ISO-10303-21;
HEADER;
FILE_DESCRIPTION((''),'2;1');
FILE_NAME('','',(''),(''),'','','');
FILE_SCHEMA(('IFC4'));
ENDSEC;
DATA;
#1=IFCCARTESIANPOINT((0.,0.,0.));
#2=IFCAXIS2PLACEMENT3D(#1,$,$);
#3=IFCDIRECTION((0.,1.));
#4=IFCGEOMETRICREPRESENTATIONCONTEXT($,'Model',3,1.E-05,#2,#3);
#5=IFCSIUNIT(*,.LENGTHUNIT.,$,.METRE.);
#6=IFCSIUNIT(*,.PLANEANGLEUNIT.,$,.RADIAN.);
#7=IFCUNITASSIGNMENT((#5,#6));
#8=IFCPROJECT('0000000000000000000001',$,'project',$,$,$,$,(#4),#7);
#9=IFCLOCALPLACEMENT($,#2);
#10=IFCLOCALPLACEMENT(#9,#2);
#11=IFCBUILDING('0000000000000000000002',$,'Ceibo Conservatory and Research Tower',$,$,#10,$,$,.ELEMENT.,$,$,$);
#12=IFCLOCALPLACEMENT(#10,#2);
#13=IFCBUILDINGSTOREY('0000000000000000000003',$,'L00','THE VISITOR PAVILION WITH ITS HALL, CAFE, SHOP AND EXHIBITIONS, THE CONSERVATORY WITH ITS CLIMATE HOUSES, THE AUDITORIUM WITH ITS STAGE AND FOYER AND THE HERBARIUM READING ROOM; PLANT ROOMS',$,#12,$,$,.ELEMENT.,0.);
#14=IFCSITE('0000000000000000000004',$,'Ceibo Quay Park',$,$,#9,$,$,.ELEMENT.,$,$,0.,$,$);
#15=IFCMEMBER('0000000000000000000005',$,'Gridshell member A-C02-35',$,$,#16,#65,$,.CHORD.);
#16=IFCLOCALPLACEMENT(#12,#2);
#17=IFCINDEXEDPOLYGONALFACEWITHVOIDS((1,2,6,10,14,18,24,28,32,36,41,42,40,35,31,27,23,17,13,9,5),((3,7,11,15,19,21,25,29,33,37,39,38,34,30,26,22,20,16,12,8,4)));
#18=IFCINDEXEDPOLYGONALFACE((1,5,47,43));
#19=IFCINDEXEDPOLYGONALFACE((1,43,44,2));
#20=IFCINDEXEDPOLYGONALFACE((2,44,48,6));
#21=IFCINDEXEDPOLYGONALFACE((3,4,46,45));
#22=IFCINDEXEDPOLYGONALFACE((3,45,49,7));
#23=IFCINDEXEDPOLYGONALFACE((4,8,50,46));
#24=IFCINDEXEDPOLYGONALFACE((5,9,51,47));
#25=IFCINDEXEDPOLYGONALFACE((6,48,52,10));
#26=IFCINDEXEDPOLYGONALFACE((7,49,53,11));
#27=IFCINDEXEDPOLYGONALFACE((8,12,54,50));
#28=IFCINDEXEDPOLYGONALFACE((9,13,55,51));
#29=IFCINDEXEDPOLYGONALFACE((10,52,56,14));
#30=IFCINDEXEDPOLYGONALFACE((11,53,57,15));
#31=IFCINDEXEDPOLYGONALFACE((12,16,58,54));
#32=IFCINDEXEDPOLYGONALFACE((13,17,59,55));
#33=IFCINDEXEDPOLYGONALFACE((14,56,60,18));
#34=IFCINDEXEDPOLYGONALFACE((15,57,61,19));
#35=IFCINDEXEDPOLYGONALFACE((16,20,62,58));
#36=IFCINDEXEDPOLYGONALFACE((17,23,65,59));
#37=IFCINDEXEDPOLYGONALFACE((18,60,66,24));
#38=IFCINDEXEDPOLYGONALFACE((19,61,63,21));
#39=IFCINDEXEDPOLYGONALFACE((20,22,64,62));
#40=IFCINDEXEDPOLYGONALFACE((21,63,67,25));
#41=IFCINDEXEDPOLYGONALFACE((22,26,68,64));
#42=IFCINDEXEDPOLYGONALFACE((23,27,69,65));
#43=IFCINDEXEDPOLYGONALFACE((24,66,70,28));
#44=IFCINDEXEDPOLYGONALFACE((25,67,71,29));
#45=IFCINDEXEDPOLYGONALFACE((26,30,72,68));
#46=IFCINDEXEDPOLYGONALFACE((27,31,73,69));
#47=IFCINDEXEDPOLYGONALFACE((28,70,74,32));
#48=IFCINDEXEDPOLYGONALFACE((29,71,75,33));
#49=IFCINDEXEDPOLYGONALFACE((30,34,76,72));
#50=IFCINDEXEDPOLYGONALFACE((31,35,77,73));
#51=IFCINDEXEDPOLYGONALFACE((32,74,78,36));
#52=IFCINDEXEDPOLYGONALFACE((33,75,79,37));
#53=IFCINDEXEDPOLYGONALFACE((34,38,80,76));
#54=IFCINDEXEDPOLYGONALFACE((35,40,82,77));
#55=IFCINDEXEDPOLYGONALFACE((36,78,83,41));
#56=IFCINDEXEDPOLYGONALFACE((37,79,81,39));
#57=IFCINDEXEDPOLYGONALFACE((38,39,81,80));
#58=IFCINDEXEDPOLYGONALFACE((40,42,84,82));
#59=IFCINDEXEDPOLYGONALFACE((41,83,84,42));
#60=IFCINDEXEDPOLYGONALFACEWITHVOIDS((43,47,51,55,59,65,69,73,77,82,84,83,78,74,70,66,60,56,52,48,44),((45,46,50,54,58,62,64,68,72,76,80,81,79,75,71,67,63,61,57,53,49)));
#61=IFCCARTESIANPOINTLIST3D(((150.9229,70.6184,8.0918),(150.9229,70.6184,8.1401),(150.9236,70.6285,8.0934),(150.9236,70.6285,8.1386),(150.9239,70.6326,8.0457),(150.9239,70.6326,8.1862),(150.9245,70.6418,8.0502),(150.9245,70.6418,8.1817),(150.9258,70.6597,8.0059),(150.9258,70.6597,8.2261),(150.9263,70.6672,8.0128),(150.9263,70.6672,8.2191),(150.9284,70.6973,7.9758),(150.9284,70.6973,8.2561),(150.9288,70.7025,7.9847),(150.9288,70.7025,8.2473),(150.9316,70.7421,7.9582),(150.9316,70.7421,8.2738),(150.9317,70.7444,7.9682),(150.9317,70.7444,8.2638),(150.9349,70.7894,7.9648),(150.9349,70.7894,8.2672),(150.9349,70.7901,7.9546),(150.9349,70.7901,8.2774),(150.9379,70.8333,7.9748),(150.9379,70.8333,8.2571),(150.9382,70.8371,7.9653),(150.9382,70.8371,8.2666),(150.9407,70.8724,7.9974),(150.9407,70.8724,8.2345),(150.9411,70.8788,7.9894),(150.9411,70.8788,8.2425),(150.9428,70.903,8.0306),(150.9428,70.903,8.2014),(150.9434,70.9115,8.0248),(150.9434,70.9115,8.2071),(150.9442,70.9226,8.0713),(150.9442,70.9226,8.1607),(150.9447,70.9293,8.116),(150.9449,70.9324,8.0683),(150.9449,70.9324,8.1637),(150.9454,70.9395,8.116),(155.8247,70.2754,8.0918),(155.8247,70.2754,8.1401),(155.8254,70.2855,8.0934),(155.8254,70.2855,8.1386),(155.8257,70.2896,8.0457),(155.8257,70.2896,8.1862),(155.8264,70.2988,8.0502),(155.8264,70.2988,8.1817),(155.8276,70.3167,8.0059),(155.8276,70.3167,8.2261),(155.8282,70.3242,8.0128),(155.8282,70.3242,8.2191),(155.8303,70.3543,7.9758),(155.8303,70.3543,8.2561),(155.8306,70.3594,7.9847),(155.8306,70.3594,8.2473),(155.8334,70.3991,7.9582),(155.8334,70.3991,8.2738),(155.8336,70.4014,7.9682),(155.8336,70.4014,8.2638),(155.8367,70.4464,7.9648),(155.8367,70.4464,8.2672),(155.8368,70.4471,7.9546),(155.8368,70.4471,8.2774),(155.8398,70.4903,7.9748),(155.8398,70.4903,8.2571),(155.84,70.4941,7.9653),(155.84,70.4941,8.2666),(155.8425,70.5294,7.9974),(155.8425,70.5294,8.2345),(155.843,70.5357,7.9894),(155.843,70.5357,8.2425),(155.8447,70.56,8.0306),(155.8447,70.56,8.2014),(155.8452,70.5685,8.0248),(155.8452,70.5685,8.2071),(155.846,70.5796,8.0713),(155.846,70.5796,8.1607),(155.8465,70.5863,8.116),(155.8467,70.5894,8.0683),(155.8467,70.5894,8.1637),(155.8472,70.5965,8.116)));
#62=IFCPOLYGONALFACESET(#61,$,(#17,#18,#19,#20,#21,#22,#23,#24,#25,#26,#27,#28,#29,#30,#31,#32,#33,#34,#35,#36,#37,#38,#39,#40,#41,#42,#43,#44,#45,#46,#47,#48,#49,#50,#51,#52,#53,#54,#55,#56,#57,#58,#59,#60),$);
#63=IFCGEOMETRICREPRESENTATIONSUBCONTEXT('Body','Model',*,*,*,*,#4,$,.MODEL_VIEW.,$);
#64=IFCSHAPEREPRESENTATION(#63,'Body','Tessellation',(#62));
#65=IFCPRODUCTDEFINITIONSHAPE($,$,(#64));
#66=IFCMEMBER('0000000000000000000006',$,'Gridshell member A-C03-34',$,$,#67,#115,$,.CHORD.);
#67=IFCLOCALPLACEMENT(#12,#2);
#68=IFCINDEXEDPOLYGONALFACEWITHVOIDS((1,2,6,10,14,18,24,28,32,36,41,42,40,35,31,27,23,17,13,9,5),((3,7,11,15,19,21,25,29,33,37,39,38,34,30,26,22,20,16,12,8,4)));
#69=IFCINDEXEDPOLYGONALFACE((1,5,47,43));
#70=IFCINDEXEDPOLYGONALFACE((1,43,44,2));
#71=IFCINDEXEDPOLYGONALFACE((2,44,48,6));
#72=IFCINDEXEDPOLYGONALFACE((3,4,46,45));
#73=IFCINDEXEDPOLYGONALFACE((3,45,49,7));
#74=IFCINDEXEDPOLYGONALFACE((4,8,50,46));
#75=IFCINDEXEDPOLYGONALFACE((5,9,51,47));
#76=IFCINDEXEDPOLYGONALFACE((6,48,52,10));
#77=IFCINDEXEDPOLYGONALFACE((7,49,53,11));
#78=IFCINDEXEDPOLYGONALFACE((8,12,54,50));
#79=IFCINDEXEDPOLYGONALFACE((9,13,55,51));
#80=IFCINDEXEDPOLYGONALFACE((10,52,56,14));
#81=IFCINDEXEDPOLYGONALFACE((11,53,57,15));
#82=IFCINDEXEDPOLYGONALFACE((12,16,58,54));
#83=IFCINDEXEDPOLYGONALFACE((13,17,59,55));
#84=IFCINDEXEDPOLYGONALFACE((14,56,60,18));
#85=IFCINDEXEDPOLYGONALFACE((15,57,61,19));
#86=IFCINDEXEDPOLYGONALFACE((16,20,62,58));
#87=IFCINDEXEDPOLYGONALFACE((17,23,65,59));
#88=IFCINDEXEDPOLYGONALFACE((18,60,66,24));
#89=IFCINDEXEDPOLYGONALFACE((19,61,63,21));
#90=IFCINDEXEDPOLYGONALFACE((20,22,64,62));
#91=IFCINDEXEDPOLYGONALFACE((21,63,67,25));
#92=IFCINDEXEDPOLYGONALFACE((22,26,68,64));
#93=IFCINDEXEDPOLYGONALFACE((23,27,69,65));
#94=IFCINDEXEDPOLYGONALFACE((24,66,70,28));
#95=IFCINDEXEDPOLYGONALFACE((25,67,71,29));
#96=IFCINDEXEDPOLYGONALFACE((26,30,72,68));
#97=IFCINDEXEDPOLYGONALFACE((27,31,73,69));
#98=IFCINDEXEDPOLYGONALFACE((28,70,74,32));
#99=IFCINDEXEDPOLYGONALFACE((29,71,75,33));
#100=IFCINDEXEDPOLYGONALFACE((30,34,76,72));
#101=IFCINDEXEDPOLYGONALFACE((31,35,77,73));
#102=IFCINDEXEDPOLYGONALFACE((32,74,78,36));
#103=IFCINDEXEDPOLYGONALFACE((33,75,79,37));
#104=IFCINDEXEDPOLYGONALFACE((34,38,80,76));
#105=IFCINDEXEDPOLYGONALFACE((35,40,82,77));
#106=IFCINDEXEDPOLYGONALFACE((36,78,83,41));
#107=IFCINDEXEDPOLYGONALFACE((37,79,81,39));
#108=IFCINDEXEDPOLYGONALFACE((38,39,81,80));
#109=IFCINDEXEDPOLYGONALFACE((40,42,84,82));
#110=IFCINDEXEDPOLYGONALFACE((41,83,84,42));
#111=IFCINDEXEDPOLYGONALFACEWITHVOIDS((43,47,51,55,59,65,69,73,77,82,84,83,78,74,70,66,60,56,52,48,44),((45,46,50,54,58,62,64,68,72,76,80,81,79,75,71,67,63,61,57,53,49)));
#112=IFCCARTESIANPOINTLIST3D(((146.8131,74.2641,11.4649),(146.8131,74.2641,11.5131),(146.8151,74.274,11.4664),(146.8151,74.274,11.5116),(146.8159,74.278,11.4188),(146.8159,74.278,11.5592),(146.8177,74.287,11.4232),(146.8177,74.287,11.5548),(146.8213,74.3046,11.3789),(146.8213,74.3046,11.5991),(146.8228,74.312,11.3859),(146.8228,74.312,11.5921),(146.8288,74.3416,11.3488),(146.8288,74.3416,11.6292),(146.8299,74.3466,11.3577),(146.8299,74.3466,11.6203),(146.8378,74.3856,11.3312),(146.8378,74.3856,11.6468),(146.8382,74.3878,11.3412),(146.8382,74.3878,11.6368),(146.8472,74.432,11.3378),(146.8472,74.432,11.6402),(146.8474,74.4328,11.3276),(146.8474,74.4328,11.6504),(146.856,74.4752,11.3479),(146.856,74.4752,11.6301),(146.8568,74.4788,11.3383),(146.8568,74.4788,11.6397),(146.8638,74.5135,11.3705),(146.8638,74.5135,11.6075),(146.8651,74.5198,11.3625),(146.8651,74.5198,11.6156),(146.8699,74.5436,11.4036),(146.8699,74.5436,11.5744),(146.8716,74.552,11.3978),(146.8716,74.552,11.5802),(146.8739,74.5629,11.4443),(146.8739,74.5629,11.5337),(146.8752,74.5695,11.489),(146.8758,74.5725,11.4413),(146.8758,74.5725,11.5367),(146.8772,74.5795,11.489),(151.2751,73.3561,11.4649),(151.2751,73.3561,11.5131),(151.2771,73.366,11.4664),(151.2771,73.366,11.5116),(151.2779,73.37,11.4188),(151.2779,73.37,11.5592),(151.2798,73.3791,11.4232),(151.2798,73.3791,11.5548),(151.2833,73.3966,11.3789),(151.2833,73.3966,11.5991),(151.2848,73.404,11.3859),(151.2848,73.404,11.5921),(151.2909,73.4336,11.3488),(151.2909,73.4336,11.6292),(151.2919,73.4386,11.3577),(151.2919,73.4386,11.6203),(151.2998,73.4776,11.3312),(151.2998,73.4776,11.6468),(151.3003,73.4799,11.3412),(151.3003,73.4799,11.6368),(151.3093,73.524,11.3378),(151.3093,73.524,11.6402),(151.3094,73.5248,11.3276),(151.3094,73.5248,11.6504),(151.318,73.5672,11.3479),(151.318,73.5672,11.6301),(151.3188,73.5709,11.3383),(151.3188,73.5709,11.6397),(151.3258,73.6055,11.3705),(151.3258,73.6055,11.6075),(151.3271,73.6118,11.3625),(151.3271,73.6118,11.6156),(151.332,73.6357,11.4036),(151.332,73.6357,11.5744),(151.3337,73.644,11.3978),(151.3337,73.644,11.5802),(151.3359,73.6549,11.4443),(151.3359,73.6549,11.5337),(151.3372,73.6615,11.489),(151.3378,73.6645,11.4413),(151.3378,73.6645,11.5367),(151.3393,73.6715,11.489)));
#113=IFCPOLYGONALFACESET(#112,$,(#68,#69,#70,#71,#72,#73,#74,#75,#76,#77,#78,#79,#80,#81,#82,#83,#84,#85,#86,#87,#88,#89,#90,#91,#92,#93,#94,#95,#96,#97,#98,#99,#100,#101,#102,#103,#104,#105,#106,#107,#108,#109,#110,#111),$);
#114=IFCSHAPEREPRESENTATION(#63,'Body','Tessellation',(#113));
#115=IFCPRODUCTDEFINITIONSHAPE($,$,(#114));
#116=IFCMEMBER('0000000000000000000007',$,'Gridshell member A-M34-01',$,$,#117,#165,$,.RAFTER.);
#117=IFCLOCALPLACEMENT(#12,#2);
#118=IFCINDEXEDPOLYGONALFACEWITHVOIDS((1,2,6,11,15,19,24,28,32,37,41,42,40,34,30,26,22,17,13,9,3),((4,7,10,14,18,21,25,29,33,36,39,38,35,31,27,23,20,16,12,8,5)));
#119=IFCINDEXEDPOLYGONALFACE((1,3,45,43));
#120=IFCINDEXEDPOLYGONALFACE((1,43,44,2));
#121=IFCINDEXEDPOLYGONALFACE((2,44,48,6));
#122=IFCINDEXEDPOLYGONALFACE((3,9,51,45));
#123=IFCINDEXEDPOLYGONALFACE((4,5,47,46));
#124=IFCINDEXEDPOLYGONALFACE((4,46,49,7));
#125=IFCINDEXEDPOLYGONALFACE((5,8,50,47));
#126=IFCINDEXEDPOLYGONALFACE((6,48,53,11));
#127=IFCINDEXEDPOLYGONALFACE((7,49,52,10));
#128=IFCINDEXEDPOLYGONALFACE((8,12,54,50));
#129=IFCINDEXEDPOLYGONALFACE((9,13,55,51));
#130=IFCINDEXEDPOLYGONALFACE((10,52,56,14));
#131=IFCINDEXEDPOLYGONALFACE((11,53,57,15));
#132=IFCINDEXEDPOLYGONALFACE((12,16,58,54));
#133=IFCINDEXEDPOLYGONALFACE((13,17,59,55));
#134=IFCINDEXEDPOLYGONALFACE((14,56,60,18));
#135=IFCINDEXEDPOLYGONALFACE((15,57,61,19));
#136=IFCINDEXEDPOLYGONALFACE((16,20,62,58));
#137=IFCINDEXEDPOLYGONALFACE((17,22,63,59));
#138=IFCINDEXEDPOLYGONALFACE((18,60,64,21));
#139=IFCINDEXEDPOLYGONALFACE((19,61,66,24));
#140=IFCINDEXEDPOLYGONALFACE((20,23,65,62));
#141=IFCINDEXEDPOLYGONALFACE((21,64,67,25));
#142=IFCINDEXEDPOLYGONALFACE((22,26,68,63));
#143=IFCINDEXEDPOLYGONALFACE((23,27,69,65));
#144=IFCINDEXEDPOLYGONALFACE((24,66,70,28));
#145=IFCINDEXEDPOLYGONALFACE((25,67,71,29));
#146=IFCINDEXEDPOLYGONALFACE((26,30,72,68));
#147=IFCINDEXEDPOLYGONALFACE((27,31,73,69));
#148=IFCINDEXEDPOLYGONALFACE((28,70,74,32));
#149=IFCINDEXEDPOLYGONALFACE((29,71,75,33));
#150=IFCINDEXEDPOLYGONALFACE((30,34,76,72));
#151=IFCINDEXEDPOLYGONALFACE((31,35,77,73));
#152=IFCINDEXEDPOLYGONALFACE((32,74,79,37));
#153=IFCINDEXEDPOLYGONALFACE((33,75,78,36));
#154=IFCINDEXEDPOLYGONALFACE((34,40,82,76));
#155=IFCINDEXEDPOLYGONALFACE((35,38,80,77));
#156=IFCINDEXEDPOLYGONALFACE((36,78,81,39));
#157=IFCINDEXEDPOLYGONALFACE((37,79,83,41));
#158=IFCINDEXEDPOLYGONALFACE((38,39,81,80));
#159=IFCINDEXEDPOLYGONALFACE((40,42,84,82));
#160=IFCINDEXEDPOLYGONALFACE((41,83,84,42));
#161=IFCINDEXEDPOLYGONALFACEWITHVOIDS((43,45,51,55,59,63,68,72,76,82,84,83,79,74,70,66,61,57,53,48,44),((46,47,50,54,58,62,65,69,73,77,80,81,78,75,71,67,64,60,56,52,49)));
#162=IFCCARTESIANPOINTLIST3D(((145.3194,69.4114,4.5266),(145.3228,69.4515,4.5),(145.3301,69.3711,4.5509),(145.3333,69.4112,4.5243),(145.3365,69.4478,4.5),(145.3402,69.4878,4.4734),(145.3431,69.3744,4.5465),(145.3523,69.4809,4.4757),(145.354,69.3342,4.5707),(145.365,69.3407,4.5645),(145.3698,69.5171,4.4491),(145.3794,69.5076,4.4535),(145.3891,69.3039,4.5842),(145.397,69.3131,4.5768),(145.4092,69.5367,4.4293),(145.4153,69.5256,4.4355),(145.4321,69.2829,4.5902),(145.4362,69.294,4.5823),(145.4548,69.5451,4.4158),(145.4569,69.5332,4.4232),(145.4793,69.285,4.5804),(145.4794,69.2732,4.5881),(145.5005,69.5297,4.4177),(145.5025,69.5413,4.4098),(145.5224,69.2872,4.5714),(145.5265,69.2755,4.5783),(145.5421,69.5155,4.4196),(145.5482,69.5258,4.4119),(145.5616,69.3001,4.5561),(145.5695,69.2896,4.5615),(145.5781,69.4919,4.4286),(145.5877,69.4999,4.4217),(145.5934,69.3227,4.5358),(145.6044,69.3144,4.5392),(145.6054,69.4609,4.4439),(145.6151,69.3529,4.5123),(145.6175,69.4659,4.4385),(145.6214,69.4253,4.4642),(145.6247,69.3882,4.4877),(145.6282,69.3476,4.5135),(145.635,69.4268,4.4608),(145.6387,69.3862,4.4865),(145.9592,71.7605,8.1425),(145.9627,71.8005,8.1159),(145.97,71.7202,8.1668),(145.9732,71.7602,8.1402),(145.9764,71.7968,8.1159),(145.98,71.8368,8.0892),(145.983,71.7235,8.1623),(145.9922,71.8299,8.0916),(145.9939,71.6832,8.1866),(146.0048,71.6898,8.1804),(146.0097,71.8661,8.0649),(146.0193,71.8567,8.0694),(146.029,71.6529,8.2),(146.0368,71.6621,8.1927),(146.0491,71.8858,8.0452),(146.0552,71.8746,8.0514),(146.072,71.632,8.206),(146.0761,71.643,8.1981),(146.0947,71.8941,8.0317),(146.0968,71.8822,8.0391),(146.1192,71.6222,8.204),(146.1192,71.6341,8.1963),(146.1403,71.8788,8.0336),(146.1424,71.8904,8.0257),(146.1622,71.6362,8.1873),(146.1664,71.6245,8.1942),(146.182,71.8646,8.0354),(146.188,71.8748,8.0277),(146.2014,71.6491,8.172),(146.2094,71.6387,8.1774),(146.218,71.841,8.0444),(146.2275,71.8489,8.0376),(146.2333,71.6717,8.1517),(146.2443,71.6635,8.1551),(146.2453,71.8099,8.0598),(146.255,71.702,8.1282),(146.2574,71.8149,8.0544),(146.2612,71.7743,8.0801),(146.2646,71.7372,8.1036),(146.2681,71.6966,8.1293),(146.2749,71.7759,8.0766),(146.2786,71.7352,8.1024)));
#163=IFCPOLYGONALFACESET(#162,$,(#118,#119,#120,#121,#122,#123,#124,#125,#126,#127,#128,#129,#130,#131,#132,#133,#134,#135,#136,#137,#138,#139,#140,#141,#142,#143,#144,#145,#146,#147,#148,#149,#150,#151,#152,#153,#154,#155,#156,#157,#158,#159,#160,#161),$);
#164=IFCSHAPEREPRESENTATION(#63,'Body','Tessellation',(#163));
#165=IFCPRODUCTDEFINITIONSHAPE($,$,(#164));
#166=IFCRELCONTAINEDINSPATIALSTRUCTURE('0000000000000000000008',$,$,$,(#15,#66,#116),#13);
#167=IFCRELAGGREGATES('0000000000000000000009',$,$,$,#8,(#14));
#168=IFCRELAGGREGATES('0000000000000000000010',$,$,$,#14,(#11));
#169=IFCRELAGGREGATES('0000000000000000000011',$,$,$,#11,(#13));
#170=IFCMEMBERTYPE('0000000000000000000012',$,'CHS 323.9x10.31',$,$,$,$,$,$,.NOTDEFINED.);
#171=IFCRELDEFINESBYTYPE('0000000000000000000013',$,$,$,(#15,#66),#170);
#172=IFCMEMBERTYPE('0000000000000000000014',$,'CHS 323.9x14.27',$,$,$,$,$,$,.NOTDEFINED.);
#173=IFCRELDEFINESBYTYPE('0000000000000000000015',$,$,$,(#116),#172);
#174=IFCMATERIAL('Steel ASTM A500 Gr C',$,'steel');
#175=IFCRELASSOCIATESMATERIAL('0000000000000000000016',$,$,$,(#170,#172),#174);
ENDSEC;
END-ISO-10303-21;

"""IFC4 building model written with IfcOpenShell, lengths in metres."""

from ifc_helpers import new_model, si_unit, direction, frame, origin, origin_2d, place, context, subcontext, project, spatial, hollow_circle, extrude, material, material_profile, profile_set, type_object, element, save


model = new_model("IFC4")

# Units and contexts
model_context = context("Model", 3, precision=1e-05, world=origin(), true_north=direction((0.0, 1.0)))
body_context = subcontext(model_context, "Body", "Model", "MODEL_VIEW")
ifc_project = project(units=[si_unit("LENGTHUNIT", "METRE"), si_unit("PLANEANGLEUNIT", "RADIAN")], contexts=[model_context])

# Site, building, storey
site_placement = place(None, origin())
site = spatial("IfcSite", under=ifc_project, at=site_placement, Name="Ceibo Quay Park", CompositionType="ELEMENT", RefElevation=0.0)
building_placement = place(site_placement, origin())
building = spatial("IfcBuilding", under=site, at=building_placement, Name="Ceibo Conservatory and Research Tower", CompositionType="ELEMENT")
storey_placement = place(building_placement, origin())
storey = spatial("IfcBuildingStorey", under=building, at=storey_placement, Name="L00", Description="THE VISITOR PAVILION WITH ITS HALL, CAFE, SHOP AND EXHIBITIONS, THE CONSERVATORY WITH ITS CLIMATE HOUSES, THE AUDITORIUM WITH ITS STAGE AND FOYER AND THE HERBARIUM READING ROOM; PLANT ROOMS", CompositionType="ELEMENT", Elevation=0.0)

# Members
ifc_material_1 = material(Name="Steel ASTM A500 Gr C", Category="steel")
ifc_material_profile_1 = material_profile(ifc_material_1, hollow_circle(Radius=0.1619, WallThickness=0.0103, at=origin_2d()), Name="CHS 323.9x10.31")
ifc_profile_set_1 = profile_set([ifc_material_profile_1], Name="Steel ASTM A500 Gr C")
member_type_1 = type_object("IfcMemberType", Name="CHS 323.9x10.31", PredefinedType="NOTDEFINED", material=ifc_profile_set_1)
for number, where, z_axis, x_axis, name in (
    (1, (150.9341, 70.7781, 8.116), (0.997561, -0.069806, 0.0), (0.069806, 0.997561, 0.0), "Gridshell member A-C02-35"),
):
    element("IfcMember", number, at=place(storey_placement, frame(where, z_axis=z_axis, x_axis=x_axis)), inside=storey, type_object=member_type_1, Name=name, PredefinedType="CHORD", context=body_context, shape_type="SweptSolid", body=[
        extrude(hollow_circle(Radius=0.1619, WallThickness=0.0103, at=origin_2d()), origin(), (0.0, 0.0, 1.0), 4.9138),
    ])
member_1_placement = place(storey_placement, frame((146.845, 74.4209, 11.489), z_axis=(0.979917, -0.199404, 0.0), x_axis=(0.199404, 0.979917, 0.0)))
element("IfcMember", 2, at=member_1_placement, inside=storey, type_object=member_type_1, Name="Gridshell member A-C03-34", PredefinedType="CHORD", context=body_context, shape_type="SweptSolid", body=[
    extrude(hollow_circle(Radius=0.1619, WallThickness=0.0103, at=origin_2d()), origin(), (0.0, 0.0, 1.0), 4.5535),
])
ifc_material_profile_2 = material_profile(ifc_material_1, hollow_circle(Radius=0.1619, WallThickness=0.0142, at=origin_2d()), Name="CHS 323.9x14.27")
ifc_profile_set_2 = profile_set([ifc_material_profile_2], Name="Steel ASTM A500 Gr C")
member_type_2 = type_object("IfcMemberType", Name="CHS 323.9x14.27", PredefinedType="NOTDEFINED", material=ifc_profile_set_2)
member_2_placement = place(storey_placement, frame((145.479, 69.4089, 4.5), z_axis=(0.14679, 0.538882, 0.829493), x_axis=(-0.964845, 0.26282, 0.0)))
element("IfcMember", 3, at=member_2_placement, inside=storey, type_object=member_type_2, Name="Gridshell member A-M34-01", PredefinedType="RAFTER", context=body_context, shape_type="SweptSolid", body=[
    extrude(hollow_circle(Radius=0.1619, WallThickness=0.0142, at=origin_2d()), origin(), (0.0, 0.0, 1.0), 4.3591),
])

save(model, "model.ifc")
